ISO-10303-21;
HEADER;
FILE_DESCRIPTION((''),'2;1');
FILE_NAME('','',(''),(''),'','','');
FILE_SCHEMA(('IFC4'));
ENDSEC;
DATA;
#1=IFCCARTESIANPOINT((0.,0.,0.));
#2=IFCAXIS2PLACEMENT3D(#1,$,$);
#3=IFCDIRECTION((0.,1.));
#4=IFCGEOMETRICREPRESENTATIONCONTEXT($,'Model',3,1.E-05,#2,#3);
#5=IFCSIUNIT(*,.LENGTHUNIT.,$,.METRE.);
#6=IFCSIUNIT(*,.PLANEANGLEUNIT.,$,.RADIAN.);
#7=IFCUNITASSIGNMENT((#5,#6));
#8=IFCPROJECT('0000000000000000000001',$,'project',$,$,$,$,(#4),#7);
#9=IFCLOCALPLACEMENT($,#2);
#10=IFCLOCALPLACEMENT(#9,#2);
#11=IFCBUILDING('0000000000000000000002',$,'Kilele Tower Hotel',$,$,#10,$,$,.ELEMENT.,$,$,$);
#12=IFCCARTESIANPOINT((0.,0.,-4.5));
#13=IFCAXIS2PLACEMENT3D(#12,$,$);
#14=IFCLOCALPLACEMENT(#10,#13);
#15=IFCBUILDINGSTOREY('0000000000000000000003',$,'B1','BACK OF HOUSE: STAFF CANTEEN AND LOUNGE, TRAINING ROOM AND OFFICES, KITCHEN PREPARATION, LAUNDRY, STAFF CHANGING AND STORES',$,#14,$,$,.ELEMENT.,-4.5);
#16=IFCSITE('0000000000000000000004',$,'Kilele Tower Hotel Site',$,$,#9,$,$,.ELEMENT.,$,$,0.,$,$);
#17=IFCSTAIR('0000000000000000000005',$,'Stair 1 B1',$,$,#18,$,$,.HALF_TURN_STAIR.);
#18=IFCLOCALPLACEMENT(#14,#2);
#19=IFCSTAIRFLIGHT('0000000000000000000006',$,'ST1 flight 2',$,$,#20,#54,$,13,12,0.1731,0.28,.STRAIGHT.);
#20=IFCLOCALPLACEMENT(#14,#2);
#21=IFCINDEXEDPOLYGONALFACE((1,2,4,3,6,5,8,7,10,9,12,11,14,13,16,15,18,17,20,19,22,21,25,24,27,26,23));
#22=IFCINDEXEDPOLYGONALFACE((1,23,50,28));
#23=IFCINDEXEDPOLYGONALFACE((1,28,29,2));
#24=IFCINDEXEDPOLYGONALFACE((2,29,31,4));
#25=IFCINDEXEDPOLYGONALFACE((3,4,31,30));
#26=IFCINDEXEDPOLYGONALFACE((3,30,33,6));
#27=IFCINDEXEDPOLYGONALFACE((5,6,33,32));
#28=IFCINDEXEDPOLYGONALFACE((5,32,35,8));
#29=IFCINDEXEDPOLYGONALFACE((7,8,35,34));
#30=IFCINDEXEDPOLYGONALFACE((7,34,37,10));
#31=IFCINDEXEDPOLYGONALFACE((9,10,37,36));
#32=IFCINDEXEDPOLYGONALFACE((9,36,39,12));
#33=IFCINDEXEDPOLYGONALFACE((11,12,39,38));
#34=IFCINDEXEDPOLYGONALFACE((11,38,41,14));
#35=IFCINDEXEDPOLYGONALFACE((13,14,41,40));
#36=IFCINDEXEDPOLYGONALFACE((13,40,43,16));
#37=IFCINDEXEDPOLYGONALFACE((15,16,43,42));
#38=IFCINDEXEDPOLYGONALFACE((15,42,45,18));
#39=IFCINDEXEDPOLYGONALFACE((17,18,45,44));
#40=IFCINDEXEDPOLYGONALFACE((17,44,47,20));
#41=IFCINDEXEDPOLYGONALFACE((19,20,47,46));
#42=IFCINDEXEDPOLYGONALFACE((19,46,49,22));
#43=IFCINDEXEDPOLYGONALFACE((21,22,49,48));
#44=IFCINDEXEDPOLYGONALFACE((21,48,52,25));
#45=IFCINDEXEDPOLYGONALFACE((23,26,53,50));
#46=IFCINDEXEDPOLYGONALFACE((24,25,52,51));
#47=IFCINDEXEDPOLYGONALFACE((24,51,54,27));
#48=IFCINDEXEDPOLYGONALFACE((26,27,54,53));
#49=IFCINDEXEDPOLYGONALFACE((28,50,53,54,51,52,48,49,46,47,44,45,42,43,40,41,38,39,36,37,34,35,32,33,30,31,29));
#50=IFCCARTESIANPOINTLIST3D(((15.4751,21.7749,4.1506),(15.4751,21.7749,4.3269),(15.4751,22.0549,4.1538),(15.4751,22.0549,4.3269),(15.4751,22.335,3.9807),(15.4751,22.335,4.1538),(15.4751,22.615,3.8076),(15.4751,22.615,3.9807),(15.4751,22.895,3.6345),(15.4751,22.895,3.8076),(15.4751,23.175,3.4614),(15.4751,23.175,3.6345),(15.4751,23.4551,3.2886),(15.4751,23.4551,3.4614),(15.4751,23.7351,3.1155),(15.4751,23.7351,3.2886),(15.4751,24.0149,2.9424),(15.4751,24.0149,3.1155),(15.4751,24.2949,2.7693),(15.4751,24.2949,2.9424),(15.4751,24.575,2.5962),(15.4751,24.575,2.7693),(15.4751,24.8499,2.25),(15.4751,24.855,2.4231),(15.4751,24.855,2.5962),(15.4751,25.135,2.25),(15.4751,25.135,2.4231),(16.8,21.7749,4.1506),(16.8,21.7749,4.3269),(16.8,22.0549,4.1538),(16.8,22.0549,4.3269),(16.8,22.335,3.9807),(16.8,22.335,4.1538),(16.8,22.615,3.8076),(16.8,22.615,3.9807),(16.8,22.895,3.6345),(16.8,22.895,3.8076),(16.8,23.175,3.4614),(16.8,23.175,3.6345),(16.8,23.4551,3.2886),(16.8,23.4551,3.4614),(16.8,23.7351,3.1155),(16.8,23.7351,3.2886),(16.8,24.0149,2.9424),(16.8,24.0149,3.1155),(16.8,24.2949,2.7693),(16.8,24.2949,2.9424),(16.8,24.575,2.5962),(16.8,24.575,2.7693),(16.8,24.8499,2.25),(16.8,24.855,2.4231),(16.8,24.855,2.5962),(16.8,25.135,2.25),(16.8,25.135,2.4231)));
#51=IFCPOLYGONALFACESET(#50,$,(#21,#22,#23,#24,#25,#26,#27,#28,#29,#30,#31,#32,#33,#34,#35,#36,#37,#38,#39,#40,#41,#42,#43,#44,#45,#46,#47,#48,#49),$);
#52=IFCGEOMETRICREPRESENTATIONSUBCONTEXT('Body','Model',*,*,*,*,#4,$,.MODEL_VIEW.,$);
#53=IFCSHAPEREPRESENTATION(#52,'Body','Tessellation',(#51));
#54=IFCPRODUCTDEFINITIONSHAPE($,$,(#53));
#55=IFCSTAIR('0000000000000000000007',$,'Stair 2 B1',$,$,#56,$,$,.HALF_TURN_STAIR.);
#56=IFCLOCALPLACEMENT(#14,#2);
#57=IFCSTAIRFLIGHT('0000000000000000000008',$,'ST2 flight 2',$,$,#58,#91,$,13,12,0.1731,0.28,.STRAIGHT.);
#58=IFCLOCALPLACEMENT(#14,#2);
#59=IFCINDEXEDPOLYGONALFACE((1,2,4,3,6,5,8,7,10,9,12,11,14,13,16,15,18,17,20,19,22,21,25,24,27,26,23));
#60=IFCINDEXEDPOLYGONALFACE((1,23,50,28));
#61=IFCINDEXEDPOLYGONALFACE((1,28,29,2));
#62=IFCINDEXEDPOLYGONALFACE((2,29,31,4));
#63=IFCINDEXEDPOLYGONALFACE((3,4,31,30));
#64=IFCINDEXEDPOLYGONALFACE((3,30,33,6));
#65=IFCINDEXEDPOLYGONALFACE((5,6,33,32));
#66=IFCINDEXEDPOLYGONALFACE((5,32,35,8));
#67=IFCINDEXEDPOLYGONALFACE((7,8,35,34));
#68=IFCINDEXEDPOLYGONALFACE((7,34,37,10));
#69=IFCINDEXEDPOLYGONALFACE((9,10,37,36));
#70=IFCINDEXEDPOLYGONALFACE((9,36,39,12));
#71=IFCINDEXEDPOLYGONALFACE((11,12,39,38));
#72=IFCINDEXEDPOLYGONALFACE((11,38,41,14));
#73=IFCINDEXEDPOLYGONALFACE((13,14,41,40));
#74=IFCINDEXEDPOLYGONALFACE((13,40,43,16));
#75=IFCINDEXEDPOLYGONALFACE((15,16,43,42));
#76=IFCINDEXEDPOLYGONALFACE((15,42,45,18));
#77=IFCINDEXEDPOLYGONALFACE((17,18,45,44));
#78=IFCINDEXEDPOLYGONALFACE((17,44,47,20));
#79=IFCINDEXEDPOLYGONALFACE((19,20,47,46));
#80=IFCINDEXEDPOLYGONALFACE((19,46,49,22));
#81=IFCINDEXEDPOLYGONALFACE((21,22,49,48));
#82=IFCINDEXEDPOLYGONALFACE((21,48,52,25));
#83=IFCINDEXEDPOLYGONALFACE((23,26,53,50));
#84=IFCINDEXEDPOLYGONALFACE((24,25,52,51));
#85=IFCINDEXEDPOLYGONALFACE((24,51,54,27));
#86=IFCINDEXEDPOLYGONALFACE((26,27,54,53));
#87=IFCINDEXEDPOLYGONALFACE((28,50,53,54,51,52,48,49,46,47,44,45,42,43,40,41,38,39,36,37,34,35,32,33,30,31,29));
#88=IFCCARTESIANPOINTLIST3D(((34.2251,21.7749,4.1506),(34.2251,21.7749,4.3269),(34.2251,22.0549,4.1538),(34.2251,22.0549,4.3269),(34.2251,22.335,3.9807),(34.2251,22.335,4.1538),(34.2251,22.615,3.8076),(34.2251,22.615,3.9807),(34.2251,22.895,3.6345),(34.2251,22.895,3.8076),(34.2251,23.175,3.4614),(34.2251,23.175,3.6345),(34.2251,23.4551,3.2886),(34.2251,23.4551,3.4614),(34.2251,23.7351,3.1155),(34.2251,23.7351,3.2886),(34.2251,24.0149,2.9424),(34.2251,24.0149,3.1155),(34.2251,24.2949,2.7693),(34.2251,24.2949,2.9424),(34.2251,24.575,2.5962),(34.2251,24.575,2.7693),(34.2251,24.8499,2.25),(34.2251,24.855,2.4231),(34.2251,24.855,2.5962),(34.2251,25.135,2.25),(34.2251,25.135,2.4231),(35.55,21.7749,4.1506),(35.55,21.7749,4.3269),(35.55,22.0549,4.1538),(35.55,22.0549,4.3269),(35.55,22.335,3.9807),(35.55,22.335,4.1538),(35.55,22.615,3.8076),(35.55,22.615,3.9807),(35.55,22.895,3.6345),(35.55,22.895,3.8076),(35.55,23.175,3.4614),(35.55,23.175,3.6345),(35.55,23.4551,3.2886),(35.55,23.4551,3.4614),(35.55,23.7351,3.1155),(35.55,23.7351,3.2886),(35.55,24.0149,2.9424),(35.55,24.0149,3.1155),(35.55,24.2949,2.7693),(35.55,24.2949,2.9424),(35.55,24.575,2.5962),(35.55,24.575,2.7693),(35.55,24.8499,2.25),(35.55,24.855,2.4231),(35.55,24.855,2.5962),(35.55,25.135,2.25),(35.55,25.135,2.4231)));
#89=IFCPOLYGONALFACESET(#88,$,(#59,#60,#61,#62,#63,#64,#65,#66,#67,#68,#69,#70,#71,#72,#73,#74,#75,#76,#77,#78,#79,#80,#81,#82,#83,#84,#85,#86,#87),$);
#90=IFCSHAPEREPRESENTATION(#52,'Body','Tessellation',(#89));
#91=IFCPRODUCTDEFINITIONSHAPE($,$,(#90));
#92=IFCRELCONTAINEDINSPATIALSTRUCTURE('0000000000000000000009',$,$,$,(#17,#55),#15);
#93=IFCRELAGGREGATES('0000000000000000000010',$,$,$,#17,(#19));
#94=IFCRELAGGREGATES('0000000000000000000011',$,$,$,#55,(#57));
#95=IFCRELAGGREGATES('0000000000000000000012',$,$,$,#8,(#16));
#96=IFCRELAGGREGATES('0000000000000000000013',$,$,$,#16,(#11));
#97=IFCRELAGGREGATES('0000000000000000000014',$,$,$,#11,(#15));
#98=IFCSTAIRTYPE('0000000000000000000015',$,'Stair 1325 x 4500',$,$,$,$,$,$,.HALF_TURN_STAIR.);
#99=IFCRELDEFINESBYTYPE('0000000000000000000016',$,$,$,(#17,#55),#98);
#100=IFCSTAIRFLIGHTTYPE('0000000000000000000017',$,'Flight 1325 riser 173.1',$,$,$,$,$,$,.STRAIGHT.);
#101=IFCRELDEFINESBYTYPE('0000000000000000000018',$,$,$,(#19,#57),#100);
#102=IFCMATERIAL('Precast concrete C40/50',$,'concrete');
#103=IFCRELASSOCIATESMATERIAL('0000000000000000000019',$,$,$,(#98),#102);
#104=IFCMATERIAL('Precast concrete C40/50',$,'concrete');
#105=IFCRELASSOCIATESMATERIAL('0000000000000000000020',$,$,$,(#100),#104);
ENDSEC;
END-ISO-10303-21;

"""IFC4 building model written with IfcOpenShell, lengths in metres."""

from ifc_helpers import new_model, si_unit, direction, frame, origin, place, context, subcontext, project, spatial, polyline, outline, extrude, material, type_object, element, aggregate, save


model = new_model("IFC4")

# Units and contexts
model_context = context("Model", 3, precision=1e-05, world=origin(), true_north=direction((0.0, 1.0)))
body_context = subcontext(model_context, "Body", "Model", "MODEL_VIEW")
ifc_project = project(units=[si_unit("LENGTHUNIT", "METRE"), si_unit("PLANEANGLEUNIT", "RADIAN")], contexts=[model_context])

# Site, building, storey
site_placement = place(None, origin())
site = spatial("IfcSite", under=ifc_project, at=site_placement, Name="Kilele Tower Hotel Site", CompositionType="ELEMENT", RefElevation=0.0)
building_placement = place(site_placement, origin())
building = spatial("IfcBuilding", under=site, at=building_placement, Name="Kilele Tower Hotel", CompositionType="ELEMENT")
storey_placement = place(building_placement, frame((0.0, 0.0, -4.5)))
storey = spatial("IfcBuildingStorey", under=building, at=storey_placement, Name="B1", Description="BACK OF HOUSE: STAFF CANTEEN AND LOUNGE, TRAINING ROOM AND OFFICES, KITCHEN PREPARATION, LAUNDRY, STAFF CHANGING AND STORES", CompositionType="ELEMENT", Elevation=-4.5)

# Stairs, stair flights
ifc_material_1 = material(Name="Precast concrete C40/50", Category="concrete")
stair_type = type_object("IfcStairType", Name="Stair 1325 x 4500", PredefinedType="HALF_TURN_STAIR", material=ifc_material_1)
stair_1_placement = place(storey_placement, origin())
stair_1 = element("IfcStair", 1, at=stair_1_placement, inside=storey, type_object=stair_type, Name="Stair 1 B1", PredefinedType="HALF_TURN_STAIR")
ifc_material_2 = material(Name="Precast concrete C40/50", Category="concrete")
stair_flight_type = type_object("IfcStairFlightType", Name="Flight 1325 riser 173.1", PredefinedType="STRAIGHT", material=ifc_material_2)
stair_flight_1_placement = place(storey_placement, frame((16.1375, 25.135, 2.25), z_axis=(0.0, 0.0, 1.0), x_axis=(0.0, -1.0, 0.0)))
stair_flight_1 = element("IfcStairFlight", 2, at=stair_flight_1_placement, type_object=stair_flight_type, Name="ST1 flight 2", NumberOfRisers=13, NumberOfTreads=12, PredefinedType="STRAIGHT", RiserHeight=0.1731, TreadLength=0.28, context=body_context, shape_type="SweptSolid", body=[
    extrude(outline(polyline([(0.0, 0.0), (0.0, 0.1731), (0.28, 0.1731), (0.28, 0.3462), (0.5601, 0.3462), (0.5601, 0.5193), (0.8401, 0.5193), (0.8401, 0.6924), (1.1201, 0.6924), (1.1201, 0.8655), (1.3999, 0.8655), (1.3999, 1.0386), (1.6799, 1.0386), (1.6799, 1.2114), (1.96, 1.2114), (1.96, 1.3845), (2.24, 1.3845), (2.24, 1.5576), (2.52, 1.5576), (2.52, 1.7307), (2.8, 1.7307), (2.8, 1.9038), (3.0801, 1.9038), (3.0801, 2.0769), (3.3601, 2.0769), (3.3601, 2.25), (3.3601, 1.9006), (0.2852, 0.0), (0.0, 0.0)])), frame((0.0, 0.6626, 0.0), z_axis=(0.0, -1.0, 0.0), x_axis=(1.0, 0.0, 0.0)), (0.0, 0.0, 1.0), 1.325),
])
aggregate(stair_1, [stair_flight_1])
stair_2_placement = place(storey_placement, origin())
stair_2 = element("IfcStair", 3, at=stair_2_placement, inside=storey, type_object=stair_type, Name="Stair 2 B1", PredefinedType="HALF_TURN_STAIR")
stair_flight_2_placement = place(storey_placement, frame((34.8875, 25.135, 2.25), z_axis=(0.0, 0.0, 1.0), x_axis=(0.0, -1.0, 0.0)))
stair_flight_2 = element("IfcStairFlight", 4, at=stair_flight_2_placement, type_object=stair_flight_type, Name="ST2 flight 2", NumberOfRisers=13, NumberOfTreads=12, PredefinedType="STRAIGHT", RiserHeight=0.1731, TreadLength=0.28, context=body_context, shape_type="SweptSolid", body=[
    extrude(outline(polyline([(0.0, 0.0), (0.0, 0.1731), (0.28, 0.1731), (0.28, 0.3462), (0.5601, 0.3462), (0.5601, 0.5193), (0.8401, 0.5193), (0.8401, 0.6924), (1.1201, 0.6924), (1.1201, 0.8655), (1.3999, 0.8655), (1.3999, 1.0386), (1.6799, 1.0386), (1.6799, 1.2114), (1.96, 1.2114), (1.96, 1.3845), (2.24, 1.3845), (2.24, 1.5576), (2.52, 1.5576), (2.52, 1.7307), (2.8, 1.7307), (2.8, 1.9038), (3.0801, 1.9038), (3.0801, 2.0769), (3.3601, 2.0769), (3.3601, 2.25), (3.3601, 1.9006), (0.2852, 0.0), (0.0, 0.0)])), frame((0.0, 0.6626, 0.0), z_axis=(0.0, -1.0, 0.0), x_axis=(1.0, 0.0, 0.0)), (0.0, 0.0, 1.0), 1.325),
])
aggregate(stair_2, [stair_flight_2])

save(model, "model.ifc")
